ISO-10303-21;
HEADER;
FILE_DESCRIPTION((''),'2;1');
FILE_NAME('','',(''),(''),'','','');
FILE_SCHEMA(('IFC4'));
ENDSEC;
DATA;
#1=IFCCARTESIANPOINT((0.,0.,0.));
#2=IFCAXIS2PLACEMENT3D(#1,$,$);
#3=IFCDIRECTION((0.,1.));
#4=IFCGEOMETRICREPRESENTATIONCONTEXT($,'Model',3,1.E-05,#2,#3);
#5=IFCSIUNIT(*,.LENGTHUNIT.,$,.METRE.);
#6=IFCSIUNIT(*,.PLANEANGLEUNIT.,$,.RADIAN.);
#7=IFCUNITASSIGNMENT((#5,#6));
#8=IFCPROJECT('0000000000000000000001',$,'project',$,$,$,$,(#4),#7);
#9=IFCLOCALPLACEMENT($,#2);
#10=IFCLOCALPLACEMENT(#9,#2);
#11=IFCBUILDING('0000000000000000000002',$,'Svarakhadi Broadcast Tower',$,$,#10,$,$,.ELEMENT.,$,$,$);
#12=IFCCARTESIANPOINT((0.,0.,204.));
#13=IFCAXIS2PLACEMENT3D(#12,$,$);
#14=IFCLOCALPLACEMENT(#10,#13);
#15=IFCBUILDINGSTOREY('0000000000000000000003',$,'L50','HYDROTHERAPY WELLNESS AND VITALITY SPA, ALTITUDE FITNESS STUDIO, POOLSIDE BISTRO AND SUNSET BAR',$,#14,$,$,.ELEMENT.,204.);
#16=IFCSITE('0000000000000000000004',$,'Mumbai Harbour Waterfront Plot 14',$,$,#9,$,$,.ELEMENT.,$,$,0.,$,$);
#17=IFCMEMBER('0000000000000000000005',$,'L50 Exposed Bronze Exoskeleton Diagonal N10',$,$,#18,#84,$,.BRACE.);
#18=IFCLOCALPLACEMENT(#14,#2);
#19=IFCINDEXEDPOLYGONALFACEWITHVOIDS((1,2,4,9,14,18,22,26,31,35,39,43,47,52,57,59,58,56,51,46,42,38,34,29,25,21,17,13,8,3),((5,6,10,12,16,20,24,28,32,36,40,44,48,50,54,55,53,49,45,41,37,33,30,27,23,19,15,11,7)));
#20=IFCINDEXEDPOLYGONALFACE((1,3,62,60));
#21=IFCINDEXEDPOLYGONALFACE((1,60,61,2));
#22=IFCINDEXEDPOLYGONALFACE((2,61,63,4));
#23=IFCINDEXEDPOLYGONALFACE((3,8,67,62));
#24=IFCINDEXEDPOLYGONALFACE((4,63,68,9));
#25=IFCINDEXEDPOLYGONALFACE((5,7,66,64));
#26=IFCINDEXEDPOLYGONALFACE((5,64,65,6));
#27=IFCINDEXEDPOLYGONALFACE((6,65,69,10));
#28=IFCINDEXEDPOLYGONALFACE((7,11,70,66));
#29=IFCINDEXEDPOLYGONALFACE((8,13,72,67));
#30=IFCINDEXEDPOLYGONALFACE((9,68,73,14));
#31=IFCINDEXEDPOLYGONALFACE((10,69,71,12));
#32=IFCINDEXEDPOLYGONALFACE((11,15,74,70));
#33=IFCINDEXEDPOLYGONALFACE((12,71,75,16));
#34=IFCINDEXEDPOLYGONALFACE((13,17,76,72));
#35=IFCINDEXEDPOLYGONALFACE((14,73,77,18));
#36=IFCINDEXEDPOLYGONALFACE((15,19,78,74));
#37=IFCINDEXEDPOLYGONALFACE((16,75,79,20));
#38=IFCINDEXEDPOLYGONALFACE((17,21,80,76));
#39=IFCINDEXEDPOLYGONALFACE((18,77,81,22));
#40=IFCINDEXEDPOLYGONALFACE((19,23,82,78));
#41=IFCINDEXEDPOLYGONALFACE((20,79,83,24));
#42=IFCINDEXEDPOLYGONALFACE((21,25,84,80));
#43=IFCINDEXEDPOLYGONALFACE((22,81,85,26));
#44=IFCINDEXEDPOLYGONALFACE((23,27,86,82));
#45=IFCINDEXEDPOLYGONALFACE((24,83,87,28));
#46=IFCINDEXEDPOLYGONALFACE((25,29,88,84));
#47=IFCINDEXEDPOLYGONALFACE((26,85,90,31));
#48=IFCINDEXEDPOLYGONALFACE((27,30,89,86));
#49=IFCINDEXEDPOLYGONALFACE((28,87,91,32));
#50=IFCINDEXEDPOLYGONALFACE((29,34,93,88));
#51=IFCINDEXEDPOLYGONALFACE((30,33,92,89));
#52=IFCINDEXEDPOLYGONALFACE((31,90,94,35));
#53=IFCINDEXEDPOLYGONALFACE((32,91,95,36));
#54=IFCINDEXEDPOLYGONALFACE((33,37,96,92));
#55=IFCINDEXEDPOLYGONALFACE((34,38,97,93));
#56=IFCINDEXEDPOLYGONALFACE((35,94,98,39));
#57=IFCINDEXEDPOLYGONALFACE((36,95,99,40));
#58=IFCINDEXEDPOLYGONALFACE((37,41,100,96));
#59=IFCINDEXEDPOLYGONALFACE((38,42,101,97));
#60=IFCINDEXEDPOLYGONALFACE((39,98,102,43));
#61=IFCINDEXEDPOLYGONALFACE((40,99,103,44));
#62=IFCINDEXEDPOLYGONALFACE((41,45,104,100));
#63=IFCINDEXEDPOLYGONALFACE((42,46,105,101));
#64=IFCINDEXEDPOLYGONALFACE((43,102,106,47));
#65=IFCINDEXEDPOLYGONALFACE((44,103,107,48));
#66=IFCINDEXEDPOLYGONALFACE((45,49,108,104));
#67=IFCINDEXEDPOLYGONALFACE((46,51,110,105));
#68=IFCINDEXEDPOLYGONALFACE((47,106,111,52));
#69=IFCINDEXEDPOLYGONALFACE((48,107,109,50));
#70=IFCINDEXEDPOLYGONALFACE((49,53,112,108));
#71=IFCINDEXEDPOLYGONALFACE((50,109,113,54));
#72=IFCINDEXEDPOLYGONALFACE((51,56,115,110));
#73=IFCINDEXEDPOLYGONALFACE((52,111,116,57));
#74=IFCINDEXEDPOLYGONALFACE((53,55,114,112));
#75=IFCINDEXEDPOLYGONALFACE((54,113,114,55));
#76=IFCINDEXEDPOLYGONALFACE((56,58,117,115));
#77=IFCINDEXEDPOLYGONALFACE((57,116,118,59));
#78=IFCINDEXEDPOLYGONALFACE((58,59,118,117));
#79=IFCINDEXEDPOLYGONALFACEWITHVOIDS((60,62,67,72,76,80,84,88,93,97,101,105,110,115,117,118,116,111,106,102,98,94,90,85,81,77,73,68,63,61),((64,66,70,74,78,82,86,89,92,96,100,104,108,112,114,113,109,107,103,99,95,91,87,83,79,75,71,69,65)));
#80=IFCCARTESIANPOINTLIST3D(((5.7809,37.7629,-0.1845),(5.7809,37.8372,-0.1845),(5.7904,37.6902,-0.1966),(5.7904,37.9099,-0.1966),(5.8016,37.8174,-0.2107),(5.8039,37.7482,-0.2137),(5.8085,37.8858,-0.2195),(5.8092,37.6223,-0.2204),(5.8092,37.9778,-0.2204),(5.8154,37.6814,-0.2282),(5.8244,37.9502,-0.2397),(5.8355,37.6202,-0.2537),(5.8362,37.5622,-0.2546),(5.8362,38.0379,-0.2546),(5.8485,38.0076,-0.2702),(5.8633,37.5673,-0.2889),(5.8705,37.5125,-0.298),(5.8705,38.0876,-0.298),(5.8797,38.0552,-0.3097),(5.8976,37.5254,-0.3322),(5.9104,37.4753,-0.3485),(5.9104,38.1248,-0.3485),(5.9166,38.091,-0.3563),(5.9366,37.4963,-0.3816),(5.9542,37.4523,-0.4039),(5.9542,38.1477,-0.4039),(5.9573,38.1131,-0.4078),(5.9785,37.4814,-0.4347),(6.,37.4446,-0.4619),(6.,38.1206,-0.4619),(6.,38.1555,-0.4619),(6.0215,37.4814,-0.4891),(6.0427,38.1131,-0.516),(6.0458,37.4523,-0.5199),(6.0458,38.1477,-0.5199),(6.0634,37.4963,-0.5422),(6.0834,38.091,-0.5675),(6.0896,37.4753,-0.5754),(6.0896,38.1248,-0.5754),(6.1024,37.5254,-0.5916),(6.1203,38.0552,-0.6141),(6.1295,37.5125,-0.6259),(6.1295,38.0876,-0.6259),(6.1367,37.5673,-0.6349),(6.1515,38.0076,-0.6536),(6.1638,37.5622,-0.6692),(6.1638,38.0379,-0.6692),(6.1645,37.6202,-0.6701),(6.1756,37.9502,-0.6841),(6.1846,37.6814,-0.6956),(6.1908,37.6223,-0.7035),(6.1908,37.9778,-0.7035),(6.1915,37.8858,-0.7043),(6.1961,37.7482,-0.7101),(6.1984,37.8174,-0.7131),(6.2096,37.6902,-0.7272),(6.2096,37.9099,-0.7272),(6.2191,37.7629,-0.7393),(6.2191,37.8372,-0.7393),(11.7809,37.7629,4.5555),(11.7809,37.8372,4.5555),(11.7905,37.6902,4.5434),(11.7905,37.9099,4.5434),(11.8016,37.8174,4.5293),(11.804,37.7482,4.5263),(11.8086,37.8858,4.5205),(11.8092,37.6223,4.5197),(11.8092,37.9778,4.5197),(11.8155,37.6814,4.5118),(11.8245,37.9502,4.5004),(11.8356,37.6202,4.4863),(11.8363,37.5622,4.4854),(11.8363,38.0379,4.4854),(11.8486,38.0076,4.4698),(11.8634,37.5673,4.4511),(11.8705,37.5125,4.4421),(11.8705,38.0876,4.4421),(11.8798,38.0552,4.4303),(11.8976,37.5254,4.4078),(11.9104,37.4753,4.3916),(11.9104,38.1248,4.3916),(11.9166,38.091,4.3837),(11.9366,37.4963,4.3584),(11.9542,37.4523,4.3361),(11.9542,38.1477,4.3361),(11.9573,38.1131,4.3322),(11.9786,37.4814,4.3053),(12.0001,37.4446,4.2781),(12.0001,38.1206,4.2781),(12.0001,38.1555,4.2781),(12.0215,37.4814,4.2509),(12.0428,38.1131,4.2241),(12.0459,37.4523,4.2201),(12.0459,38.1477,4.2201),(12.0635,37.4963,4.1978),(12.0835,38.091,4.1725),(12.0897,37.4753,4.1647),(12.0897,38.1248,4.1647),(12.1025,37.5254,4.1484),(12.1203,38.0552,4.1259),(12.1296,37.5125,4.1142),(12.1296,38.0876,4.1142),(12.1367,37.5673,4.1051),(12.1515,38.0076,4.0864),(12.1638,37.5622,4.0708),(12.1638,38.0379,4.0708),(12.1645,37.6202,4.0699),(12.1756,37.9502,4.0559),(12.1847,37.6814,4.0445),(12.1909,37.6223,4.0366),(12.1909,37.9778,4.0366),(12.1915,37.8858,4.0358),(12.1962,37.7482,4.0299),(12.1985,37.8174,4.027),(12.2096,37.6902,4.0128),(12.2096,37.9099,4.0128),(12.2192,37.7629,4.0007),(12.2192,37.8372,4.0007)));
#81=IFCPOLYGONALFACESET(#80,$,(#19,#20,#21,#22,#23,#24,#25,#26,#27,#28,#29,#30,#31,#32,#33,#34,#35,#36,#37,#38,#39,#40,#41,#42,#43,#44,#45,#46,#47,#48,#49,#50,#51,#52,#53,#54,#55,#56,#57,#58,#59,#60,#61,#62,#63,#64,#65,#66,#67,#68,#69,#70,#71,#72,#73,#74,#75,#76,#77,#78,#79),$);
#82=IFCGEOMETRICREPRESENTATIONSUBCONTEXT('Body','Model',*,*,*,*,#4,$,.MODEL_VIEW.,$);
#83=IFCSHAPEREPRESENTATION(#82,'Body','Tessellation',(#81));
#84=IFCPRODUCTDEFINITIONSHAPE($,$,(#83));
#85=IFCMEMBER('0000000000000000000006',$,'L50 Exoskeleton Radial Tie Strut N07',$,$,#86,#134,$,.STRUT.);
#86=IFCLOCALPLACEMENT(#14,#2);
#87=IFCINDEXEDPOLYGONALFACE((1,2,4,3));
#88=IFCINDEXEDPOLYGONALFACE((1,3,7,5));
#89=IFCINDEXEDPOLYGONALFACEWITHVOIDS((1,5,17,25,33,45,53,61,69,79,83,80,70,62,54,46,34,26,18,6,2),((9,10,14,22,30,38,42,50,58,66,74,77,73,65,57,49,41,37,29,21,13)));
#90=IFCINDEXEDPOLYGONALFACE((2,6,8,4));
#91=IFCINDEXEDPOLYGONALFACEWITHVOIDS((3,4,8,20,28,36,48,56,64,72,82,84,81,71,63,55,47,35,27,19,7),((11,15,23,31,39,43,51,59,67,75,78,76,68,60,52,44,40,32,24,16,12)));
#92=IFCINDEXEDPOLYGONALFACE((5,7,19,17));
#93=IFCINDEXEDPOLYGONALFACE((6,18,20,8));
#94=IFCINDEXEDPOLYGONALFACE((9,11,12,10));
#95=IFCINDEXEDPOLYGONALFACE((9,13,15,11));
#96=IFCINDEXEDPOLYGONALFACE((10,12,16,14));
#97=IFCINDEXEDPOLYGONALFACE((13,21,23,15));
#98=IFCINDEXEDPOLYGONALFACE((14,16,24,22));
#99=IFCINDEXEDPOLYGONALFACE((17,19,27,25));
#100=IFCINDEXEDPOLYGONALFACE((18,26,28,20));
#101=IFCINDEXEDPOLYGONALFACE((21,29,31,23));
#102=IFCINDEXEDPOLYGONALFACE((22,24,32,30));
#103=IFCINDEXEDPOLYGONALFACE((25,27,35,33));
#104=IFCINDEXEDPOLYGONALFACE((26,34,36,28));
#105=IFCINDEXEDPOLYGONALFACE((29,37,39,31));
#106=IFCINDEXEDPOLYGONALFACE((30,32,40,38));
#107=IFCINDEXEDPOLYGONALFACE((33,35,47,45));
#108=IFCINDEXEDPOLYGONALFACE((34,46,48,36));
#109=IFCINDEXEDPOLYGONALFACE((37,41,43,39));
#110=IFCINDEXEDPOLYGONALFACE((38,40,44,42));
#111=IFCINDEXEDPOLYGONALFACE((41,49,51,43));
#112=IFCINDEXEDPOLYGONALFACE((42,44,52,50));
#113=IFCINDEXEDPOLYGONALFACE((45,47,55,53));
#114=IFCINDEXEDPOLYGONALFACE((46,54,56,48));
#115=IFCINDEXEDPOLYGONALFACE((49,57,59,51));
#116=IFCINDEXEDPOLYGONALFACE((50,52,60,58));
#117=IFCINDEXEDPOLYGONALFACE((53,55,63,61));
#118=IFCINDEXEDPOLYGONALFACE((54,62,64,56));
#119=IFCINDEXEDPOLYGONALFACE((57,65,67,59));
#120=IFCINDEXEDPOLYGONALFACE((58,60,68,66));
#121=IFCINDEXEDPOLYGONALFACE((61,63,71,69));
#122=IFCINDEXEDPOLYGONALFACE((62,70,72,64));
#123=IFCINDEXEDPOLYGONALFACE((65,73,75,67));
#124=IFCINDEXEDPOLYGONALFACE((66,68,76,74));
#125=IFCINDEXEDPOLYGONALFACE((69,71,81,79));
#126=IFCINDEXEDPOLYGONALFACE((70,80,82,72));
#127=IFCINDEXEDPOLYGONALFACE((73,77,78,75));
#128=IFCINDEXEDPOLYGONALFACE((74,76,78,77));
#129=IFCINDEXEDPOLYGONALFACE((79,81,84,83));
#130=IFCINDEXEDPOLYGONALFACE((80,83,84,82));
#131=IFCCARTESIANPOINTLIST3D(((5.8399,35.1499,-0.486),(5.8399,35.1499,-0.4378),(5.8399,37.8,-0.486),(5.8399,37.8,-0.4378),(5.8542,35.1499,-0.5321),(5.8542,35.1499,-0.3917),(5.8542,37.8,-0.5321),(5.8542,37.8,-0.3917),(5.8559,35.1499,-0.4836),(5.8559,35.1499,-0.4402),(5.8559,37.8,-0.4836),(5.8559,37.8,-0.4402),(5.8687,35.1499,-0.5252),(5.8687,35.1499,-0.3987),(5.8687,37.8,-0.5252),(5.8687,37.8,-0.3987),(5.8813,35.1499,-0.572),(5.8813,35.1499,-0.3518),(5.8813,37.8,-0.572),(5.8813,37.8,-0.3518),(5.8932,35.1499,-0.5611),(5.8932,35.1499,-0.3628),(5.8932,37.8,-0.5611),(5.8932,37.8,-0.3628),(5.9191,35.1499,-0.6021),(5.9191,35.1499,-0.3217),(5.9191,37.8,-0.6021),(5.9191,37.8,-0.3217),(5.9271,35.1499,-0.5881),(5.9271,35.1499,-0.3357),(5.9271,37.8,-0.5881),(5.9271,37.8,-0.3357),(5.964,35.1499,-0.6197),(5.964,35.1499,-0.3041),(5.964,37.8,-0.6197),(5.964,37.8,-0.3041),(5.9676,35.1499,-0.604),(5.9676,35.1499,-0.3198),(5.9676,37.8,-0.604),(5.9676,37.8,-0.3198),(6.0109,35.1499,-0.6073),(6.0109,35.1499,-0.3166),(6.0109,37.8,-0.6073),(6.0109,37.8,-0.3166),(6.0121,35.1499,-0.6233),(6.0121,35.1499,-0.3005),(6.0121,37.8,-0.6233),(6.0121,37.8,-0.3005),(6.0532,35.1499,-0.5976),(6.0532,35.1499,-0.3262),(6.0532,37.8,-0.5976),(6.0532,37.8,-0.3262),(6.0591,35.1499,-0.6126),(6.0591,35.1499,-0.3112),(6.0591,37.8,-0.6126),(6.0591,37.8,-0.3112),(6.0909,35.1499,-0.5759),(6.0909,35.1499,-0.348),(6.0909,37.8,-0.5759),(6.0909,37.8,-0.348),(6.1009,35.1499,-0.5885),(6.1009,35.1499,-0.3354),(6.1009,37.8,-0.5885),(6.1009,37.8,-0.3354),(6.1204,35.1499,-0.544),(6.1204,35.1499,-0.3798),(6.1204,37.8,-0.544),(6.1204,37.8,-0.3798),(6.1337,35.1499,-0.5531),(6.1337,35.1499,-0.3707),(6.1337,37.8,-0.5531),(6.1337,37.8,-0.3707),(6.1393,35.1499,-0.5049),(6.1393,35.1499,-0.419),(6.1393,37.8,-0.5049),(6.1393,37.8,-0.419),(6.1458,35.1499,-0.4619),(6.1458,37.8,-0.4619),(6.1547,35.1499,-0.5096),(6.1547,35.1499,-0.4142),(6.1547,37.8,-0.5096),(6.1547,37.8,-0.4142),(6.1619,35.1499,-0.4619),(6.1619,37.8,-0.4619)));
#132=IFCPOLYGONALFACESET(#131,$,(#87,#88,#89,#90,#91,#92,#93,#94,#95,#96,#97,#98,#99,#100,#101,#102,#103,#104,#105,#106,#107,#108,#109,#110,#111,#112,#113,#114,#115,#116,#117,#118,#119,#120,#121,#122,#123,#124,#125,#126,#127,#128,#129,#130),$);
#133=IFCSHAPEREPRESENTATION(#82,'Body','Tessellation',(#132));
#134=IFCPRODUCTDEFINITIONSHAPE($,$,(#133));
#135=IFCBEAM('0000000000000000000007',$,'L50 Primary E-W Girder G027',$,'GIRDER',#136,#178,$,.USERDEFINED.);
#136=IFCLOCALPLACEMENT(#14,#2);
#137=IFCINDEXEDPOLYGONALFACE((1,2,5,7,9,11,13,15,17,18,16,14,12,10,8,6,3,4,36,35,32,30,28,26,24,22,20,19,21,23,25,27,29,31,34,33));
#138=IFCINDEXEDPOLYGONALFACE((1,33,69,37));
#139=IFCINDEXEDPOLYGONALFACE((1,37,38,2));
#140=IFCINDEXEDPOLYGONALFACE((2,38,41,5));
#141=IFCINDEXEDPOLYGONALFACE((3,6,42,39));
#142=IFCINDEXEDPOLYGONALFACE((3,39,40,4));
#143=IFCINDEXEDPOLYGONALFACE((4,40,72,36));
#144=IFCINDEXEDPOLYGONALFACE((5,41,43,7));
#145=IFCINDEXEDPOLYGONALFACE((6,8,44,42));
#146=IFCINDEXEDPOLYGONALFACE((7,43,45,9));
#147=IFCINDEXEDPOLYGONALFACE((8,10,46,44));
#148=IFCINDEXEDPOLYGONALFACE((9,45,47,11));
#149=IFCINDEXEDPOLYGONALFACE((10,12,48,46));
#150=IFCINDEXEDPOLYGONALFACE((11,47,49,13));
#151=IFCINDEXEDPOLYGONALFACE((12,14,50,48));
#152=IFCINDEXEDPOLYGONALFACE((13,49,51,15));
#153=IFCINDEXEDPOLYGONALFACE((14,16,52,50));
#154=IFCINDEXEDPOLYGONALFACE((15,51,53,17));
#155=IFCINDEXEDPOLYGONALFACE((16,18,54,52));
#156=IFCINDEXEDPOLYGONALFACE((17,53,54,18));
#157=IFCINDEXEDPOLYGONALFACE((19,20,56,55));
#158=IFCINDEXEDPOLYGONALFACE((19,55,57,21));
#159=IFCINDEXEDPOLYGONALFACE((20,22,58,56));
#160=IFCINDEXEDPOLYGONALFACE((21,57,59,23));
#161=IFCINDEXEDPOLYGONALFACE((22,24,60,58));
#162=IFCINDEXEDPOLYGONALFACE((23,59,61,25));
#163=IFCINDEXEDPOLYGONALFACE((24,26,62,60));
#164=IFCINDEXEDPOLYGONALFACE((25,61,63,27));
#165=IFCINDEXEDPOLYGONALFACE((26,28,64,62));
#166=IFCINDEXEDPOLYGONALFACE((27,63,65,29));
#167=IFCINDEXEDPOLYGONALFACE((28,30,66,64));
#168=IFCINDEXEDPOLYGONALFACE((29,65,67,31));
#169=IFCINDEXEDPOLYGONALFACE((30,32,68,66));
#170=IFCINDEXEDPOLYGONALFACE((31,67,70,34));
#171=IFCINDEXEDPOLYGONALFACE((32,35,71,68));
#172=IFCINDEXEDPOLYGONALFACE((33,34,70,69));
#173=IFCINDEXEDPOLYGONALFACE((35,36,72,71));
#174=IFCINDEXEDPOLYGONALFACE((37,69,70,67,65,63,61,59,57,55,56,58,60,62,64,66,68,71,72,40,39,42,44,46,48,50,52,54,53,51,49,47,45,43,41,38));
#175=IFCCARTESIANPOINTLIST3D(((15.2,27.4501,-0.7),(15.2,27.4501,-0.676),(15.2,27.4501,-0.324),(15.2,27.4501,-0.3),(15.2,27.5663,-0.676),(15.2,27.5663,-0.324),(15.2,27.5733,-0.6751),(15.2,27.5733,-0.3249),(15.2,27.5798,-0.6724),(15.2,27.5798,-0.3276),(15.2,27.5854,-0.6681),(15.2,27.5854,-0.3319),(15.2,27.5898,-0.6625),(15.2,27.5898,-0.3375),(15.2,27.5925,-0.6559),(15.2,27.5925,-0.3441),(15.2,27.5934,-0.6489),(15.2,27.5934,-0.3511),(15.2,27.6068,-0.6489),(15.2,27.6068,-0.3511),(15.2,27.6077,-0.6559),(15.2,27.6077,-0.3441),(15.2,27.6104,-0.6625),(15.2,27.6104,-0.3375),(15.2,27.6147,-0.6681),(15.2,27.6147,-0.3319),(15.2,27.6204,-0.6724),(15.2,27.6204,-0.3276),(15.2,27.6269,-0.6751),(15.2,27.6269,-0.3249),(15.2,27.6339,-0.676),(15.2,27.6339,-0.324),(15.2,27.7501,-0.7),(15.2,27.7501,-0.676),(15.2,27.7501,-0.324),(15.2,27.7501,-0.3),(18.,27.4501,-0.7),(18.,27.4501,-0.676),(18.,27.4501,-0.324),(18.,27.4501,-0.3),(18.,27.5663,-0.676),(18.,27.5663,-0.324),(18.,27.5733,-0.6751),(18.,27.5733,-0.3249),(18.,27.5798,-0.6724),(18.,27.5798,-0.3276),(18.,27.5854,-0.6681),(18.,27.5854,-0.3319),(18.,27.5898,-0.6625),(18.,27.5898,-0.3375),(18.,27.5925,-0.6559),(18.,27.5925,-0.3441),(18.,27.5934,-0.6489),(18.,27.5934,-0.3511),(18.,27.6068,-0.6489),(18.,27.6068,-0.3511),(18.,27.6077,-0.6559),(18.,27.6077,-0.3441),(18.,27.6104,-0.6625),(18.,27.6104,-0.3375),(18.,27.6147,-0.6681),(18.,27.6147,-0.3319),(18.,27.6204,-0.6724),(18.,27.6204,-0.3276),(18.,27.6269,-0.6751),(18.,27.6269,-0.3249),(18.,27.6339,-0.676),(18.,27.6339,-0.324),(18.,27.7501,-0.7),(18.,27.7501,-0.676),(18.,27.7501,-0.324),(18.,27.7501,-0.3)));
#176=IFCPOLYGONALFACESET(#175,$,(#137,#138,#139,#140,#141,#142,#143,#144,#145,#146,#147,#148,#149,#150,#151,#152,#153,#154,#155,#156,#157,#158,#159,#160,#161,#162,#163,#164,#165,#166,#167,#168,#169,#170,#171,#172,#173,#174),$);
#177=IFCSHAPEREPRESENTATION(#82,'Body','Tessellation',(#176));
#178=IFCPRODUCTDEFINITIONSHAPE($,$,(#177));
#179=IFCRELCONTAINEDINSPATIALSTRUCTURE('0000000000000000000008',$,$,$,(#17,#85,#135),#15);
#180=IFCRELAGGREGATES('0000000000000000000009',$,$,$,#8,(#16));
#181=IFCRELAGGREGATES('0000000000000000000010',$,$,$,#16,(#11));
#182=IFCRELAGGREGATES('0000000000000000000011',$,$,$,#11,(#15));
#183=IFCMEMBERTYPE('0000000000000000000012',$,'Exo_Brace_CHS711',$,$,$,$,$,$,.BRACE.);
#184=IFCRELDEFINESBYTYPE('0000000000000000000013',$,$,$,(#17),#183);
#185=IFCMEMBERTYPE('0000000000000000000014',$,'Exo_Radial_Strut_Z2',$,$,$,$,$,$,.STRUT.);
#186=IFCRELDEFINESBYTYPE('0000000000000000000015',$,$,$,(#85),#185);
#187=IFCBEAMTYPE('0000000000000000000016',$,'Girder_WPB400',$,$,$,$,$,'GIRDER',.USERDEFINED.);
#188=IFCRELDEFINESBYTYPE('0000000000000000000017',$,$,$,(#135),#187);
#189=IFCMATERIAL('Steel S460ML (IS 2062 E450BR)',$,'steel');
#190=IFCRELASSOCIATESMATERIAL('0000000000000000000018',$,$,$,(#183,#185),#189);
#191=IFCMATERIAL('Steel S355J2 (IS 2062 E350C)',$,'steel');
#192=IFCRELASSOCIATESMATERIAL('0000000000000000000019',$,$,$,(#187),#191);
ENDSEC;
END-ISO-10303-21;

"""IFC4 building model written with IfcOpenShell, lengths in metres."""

from ifc_helpers import new_model, si_unit, direction, frame, origin, origin_2d, place, context, subcontext, project, spatial, hollow_circle, i_section, extrude, material, material_profile, profile_set, type_object, element, save


model = new_model("IFC4")

# Units and contexts
model_context = context("Model", 3, precision=1e-05, world=origin(), true_north=direction((0.0, 1.0)))
body_context = subcontext(model_context, "Body", "Model", "MODEL_VIEW")
ifc_project = project(units=[si_unit("LENGTHUNIT", "METRE"), si_unit("PLANEANGLEUNIT", "RADIAN")], contexts=[model_context])

# Site, building, storey
site_placement = place(None, origin())
site = spatial("IfcSite", under=ifc_project, at=site_placement, Name="Mumbai Harbour Waterfront Plot 14", CompositionType="ELEMENT", RefElevation=0.0)
building_placement = place(site_placement, origin())
building = spatial("IfcBuilding", under=site, at=building_placement, Name="Svarakhadi Broadcast Tower", CompositionType="ELEMENT")
storey_placement = place(building_placement, frame((0.0, 0.0, 204.0)))
storey = spatial("IfcBuildingStorey", under=building, at=storey_placement, Name="L50", Description="HYDROTHERAPY WELLNESS AND VITALITY SPA, ALTITUDE FITNESS STUDIO, POOLSIDE BISTRO AND SUNSET BAR", CompositionType="ELEMENT", Elevation=204.0)

# Shared definitions
ifc_material_1 = material(Name="Steel S460ML (IS 2062 E450BR)", Category="steel")

# Shared definitions
ifc_material_2 = material(Name="Steel S355J2 (IS 2062 E350C)", Category="steel")

# Members
ifc_material_profile_1 = material_profile(ifc_material_1, hollow_circle(Radius=0.3555, WallThickness=0.0349, at=origin_2d()), Name="CHS 711x35")
ifc_profile_set_1 = profile_set([ifc_material_profile_1], Name="Steel S460ML (IS 2062 E450BR)")
member_type_1 = type_object("IfcMemberType", Name="Exo_Brace_CHS711", PredefinedType="BRACE", material=ifc_profile_set_1)
member_1_placement = place(storey_placement, frame((6.0, 37.8, -0.4619), z_axis=(0.784682, 0.0, 0.619898), x_axis=(0.0, 1.0, 0.0)))
element("IfcMember", 1, at=member_1_placement, inside=storey, type_object=member_type_1, Name="L50 Exposed Bronze Exoskeleton Diagonal N10", PredefinedType="BRACE", context=body_context, shape_type="SweptSolid", body=[
    extrude(hollow_circle(Radius=0.3555, WallThickness=0.0349, at=origin_2d()), origin(), (0.0, 0.0, 1.0), 7.6465),
])
ifc_material_profile_2 = material_profile(ifc_material_1, hollow_circle(Radius=0.1619, WallThickness=0.0161, at=origin_2d()), Name="CHS 323.9x16")
ifc_profile_set_2 = profile_set([ifc_material_profile_2], Name="Steel S460ML (IS 2062 E450BR)")
member_type_2 = type_object("IfcMemberType", Name="Exo_Radial_Strut_Z2", PredefinedType="STRUT", material=ifc_profile_set_2)
member_2_placement = place(storey_placement, frame((6.0, 37.8, -0.4619), z_axis=(0.0, -1.0, 0.0), x_axis=(1.0, 0.0, 0.0)))
element("IfcMember", 2, at=member_2_placement, inside=storey, type_object=member_type_2, Name="L50 Exoskeleton Radial Tie Strut N07", PredefinedType="STRUT", context=body_context, shape_type="SweptSolid", body=[
    extrude(hollow_circle(Radius=0.1619, WallThickness=0.0161, at=origin_2d()), origin(), (0.0, 0.0, 1.0), 2.6501),
])

# Beam
ifc_material_profile_3 = material_profile(ifc_material_2, i_section(OverallWidth=0.3, OverallDepth=0.3999, WebThickness=0.0134, FlangeThickness=0.0239, FilletRadius=0.0271, at=origin_2d()), Name="WPB 400x300x155")
ifc_profile_set_3 = profile_set([ifc_material_profile_3], Name="Steel S355J2 (IS 2062 E350C)")
beam_type_1 = type_object("IfcBeamType", Name="Girder_WPB400", ElementType="GIRDER", PredefinedType="USERDEFINED", material=ifc_profile_set_3)
beam_placement = place(storey_placement, frame((15.2, 27.6001, -0.5), z_axis=(1.0, 0.0, 0.0), x_axis=(0.0, 1.0, 0.0)))
element("IfcBeam", 3, at=beam_placement, inside=storey, type_object=beam_type_1, Name="L50 Primary E-W Girder G027", ObjectType="GIRDER", PredefinedType="USERDEFINED", context=body_context, shape_type="SweptSolid", body=[
    extrude(i_section(OverallWidth=0.3, OverallDepth=0.3999, WebThickness=0.0134, FlangeThickness=0.0239, FilletRadius=0.0271, at=origin_2d()), origin(), (0.0, 0.0, 1.0), 2.8),
])

save(model, "model.ifc")
